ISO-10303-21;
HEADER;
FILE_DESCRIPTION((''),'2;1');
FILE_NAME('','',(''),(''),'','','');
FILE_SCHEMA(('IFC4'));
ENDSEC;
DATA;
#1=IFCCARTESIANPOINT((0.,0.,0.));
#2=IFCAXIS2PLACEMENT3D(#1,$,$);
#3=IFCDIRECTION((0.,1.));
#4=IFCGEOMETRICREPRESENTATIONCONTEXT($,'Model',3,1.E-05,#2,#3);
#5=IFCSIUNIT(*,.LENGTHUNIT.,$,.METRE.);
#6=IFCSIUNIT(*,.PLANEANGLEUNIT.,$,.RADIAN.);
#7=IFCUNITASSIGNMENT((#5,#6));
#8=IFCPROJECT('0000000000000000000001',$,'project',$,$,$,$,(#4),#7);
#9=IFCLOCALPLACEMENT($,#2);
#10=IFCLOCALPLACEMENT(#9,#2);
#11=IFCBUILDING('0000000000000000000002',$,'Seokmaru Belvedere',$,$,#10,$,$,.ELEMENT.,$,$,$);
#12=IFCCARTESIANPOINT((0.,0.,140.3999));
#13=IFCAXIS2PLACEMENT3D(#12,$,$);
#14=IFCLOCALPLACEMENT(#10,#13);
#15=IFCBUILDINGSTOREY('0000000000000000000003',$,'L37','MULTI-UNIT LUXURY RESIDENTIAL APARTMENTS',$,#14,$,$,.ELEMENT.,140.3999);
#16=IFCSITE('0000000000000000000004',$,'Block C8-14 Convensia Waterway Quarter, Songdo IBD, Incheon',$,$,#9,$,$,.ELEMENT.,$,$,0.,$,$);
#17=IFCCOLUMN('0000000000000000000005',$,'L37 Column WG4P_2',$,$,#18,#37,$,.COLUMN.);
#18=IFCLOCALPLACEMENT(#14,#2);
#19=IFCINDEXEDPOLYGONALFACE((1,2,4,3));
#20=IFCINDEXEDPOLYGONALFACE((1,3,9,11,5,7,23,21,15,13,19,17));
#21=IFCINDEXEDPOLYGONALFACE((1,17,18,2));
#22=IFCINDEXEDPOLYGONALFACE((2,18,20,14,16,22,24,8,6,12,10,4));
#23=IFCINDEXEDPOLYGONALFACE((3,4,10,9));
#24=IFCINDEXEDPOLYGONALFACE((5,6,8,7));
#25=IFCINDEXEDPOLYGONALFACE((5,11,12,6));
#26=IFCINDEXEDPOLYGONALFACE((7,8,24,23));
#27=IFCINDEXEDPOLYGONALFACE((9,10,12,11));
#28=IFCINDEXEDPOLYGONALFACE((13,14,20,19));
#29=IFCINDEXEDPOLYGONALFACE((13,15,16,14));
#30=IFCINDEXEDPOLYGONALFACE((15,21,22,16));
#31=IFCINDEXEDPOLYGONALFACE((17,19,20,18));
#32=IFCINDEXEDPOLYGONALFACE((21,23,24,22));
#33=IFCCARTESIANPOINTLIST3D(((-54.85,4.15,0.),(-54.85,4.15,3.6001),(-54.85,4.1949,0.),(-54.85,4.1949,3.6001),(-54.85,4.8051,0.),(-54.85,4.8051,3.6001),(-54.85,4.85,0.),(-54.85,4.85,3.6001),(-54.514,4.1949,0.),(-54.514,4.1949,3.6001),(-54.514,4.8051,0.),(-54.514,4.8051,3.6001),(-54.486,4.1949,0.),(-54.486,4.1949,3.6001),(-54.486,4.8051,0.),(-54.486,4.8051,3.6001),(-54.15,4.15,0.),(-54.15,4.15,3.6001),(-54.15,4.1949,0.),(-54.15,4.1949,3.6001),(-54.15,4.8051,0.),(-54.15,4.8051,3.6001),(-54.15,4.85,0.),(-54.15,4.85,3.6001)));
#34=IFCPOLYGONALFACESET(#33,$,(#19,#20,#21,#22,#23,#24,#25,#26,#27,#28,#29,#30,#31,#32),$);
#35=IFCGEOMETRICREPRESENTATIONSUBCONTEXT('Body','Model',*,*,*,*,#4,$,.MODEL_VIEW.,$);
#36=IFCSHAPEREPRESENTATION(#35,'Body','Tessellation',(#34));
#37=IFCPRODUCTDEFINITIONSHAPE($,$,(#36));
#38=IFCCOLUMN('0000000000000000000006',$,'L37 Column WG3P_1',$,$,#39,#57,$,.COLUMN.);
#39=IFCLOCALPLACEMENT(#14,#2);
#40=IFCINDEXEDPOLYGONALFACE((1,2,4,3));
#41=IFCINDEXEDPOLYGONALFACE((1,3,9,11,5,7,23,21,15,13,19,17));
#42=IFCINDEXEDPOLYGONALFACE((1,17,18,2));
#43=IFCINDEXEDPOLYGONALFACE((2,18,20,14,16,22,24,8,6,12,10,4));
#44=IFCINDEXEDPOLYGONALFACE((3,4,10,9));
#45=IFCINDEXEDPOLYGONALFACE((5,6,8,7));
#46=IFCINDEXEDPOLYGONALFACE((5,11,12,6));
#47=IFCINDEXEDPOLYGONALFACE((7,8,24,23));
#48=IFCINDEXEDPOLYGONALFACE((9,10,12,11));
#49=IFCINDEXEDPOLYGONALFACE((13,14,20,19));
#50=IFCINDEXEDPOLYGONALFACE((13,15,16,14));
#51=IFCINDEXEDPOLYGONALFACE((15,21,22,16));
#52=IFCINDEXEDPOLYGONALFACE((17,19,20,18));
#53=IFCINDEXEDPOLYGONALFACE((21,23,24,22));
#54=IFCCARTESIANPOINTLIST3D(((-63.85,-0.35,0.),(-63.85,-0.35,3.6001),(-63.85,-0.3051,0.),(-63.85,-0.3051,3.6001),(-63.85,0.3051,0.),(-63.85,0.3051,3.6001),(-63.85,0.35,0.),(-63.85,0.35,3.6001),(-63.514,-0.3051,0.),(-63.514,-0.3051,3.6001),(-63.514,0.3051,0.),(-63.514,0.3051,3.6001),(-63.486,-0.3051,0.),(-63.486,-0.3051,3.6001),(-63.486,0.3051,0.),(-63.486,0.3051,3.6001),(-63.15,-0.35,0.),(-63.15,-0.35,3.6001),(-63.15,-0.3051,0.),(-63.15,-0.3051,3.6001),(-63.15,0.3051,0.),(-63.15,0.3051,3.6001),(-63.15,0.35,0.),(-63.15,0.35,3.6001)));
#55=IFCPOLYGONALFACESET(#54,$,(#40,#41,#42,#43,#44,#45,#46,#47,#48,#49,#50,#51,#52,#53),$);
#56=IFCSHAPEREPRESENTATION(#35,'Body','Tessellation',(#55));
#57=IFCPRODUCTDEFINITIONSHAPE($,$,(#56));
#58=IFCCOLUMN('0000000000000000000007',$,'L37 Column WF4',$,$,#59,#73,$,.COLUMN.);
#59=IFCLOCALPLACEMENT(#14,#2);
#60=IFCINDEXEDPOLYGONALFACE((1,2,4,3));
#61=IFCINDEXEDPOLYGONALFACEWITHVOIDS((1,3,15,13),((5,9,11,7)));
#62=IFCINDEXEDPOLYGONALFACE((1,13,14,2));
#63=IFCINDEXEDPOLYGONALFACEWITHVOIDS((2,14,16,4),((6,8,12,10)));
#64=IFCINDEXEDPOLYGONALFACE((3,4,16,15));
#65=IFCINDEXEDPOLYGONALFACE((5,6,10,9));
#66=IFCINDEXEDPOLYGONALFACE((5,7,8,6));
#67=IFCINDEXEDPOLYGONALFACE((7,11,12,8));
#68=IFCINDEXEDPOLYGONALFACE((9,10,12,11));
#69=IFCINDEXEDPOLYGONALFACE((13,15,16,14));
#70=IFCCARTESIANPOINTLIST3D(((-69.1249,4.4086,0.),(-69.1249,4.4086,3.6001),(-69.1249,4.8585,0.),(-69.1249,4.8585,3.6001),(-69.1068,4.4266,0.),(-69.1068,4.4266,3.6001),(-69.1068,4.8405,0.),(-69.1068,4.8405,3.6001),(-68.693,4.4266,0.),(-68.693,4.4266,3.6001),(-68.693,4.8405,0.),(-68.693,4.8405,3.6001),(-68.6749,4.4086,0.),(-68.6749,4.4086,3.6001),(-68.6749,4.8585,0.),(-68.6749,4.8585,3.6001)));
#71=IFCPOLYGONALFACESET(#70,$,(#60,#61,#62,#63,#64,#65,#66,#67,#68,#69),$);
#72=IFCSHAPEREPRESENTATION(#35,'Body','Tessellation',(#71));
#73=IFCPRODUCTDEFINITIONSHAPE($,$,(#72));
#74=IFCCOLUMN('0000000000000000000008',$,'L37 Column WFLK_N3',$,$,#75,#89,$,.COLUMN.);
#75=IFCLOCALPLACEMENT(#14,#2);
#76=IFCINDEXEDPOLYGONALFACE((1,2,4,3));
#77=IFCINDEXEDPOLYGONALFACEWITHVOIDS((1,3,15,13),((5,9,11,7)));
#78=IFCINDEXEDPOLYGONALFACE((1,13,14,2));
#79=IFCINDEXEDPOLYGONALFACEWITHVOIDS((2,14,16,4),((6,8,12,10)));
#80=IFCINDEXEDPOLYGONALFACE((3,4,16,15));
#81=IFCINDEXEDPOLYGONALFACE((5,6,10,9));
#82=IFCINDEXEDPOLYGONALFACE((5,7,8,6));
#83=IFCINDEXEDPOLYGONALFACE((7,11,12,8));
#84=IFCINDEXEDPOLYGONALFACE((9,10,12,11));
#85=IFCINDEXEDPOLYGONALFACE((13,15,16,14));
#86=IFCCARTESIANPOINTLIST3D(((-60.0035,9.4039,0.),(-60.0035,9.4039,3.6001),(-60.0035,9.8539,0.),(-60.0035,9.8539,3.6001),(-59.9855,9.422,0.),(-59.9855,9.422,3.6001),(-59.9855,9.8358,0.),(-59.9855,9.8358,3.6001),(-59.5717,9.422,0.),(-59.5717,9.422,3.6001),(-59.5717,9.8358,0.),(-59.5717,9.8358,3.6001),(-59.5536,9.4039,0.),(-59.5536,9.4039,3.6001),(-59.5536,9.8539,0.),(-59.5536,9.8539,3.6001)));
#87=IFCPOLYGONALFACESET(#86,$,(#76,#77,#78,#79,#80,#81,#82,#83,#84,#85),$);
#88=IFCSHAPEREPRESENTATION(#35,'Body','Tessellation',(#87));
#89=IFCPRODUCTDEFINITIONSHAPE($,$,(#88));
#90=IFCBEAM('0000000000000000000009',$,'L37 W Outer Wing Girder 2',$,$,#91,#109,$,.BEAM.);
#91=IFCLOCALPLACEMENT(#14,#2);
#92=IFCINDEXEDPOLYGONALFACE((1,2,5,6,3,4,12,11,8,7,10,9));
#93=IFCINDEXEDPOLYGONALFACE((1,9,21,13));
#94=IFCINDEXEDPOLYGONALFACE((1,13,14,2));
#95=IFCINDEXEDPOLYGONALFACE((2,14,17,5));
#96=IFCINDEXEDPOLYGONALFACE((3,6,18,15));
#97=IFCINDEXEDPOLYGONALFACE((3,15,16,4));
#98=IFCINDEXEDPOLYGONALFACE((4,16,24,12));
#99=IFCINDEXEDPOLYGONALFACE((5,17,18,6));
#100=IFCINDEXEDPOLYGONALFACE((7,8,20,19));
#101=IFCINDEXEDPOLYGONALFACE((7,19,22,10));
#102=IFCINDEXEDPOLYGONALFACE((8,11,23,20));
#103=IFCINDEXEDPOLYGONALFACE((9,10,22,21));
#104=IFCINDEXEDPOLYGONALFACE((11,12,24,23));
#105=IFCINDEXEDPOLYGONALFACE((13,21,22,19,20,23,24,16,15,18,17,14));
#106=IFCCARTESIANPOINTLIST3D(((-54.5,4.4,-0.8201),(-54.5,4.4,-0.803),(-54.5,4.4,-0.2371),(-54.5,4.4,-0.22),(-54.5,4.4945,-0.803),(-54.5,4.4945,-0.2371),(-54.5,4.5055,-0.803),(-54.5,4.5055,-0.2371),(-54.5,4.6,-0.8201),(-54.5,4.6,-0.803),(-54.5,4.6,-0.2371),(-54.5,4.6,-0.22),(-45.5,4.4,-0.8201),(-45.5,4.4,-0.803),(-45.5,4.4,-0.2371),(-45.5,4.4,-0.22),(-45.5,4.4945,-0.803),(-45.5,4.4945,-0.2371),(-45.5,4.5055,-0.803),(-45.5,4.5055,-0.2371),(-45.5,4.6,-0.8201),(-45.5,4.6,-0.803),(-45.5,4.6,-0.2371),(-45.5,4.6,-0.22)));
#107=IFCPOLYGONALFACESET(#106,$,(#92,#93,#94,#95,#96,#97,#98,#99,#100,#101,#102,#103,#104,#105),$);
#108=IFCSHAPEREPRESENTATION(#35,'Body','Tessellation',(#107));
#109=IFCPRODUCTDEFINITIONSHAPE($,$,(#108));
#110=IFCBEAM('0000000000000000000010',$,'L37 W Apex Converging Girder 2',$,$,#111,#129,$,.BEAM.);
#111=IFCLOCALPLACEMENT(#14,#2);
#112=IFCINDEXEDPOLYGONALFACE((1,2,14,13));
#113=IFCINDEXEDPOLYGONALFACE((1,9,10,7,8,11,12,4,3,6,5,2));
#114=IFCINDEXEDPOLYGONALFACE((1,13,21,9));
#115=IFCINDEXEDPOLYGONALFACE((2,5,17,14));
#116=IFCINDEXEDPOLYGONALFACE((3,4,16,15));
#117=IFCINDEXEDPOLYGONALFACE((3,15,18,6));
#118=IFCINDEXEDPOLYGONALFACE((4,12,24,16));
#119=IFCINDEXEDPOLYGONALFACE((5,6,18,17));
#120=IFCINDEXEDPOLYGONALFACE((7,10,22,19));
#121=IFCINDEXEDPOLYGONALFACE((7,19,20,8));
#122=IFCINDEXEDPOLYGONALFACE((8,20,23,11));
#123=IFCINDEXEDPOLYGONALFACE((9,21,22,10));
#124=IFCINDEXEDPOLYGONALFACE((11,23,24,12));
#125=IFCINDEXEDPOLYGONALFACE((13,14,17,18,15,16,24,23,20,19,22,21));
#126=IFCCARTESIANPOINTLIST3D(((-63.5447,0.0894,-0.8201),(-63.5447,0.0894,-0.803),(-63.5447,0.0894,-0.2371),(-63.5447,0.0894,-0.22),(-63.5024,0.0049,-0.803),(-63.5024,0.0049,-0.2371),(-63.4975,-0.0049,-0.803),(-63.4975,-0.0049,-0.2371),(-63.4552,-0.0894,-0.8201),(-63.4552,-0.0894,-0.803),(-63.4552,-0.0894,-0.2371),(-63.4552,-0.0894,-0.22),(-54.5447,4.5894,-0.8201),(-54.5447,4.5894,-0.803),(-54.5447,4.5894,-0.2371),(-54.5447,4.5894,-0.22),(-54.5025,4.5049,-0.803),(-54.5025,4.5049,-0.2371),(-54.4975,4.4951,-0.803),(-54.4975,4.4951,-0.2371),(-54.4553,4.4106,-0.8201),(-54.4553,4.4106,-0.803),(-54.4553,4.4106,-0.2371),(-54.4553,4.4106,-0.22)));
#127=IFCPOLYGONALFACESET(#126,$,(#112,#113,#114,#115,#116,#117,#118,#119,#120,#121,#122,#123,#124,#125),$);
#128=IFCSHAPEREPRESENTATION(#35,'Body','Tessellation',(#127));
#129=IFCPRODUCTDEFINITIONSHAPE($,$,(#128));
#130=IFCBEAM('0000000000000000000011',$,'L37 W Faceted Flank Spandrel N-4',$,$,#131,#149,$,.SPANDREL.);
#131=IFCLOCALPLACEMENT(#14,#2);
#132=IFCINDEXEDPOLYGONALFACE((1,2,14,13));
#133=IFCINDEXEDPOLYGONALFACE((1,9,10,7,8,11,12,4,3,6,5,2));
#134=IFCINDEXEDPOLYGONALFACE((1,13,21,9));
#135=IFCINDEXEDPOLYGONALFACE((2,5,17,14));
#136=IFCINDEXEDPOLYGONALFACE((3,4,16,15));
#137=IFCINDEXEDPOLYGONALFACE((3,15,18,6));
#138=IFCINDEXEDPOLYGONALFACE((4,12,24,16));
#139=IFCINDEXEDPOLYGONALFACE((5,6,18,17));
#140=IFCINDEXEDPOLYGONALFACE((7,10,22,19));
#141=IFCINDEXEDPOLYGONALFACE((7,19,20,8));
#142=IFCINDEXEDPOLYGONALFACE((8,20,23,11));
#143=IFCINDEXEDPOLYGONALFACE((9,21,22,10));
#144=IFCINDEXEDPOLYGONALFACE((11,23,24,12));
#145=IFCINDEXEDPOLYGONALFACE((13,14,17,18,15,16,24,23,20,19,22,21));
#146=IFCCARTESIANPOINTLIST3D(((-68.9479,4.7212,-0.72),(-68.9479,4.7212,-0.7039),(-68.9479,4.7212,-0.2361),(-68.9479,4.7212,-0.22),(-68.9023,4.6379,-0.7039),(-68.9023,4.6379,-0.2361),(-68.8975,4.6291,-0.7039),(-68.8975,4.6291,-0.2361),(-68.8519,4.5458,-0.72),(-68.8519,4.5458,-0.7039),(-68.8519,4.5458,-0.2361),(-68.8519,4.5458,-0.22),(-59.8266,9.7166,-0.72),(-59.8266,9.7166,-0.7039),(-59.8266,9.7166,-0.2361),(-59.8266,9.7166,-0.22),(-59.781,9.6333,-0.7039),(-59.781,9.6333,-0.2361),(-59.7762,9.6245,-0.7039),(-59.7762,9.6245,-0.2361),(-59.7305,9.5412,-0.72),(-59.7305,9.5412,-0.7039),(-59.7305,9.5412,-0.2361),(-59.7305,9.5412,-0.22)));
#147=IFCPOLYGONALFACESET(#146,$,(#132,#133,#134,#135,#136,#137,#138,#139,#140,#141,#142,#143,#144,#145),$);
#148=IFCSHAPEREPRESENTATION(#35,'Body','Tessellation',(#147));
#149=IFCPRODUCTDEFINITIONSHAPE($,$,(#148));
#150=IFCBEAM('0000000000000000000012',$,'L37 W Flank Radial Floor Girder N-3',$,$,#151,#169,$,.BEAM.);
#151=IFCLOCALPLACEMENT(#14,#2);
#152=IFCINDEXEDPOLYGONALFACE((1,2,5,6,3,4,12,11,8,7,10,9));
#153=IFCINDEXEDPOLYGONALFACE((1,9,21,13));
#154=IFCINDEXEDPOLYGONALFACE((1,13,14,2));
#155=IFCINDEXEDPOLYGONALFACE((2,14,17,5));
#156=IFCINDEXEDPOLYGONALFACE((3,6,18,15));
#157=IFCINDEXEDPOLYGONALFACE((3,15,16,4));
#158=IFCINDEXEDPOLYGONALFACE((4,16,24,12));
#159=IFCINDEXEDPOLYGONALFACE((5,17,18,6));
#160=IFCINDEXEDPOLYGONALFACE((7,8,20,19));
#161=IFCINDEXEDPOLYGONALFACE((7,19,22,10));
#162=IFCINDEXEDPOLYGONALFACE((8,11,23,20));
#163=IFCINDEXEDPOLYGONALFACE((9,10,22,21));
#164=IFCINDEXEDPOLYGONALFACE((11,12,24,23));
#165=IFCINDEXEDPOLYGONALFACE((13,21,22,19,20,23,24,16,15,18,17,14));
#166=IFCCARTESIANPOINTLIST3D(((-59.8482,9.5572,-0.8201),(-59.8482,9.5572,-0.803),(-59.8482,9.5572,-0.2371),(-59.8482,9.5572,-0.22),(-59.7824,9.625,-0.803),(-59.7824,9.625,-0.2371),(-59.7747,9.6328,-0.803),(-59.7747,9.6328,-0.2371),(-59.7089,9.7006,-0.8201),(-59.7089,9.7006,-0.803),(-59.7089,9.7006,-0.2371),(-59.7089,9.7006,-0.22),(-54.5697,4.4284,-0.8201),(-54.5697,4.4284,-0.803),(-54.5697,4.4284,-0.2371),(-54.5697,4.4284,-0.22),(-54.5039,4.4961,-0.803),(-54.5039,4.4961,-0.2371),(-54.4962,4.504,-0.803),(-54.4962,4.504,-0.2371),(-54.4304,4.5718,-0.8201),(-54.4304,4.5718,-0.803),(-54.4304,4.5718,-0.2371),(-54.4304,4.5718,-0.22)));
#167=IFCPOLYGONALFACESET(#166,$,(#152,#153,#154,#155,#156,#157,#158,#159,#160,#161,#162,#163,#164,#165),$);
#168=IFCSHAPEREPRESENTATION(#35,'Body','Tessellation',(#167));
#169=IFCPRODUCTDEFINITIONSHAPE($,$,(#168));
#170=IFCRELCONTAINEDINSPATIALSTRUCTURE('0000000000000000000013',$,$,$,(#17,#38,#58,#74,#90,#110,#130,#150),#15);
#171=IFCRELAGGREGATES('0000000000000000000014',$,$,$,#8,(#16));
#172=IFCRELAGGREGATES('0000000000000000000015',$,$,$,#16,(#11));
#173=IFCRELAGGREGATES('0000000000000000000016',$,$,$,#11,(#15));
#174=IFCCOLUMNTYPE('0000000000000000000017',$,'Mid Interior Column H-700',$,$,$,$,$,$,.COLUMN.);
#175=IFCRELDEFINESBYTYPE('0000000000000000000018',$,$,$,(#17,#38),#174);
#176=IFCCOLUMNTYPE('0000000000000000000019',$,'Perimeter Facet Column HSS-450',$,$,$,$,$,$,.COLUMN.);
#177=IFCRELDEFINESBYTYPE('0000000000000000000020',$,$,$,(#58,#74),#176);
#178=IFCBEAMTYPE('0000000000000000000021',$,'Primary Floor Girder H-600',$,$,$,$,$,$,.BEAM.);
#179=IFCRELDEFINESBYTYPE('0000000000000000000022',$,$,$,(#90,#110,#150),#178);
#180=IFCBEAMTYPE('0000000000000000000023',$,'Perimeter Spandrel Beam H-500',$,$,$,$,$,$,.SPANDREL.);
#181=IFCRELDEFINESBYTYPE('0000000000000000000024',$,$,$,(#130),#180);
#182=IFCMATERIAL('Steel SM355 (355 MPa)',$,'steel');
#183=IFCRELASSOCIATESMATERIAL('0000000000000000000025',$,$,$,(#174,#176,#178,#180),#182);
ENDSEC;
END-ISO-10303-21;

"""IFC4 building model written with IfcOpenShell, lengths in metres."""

from ifc_helpers import new_model, si_unit, direction, frame, origin, origin_2d, place, context, subcontext, project, spatial, hollow_rectangle, i_section, extrude, source, transform, mapped, material, material_profile, profile_set, type_object, type_shapes, element, save


model = new_model("IFC4")

# Units and contexts
model_context = context("Model", 3, precision=1e-05, world=origin(), true_north=direction((0.0, 1.0)))
body_context = subcontext(model_context, "Body", "Model", "MODEL_VIEW")
ifc_project = project(units=[si_unit("LENGTHUNIT", "METRE"), si_unit("PLANEANGLEUNIT", "RADIAN")], contexts=[model_context])

# Site, building, storey
site_placement = place(None, origin())
site = spatial("IfcSite", under=ifc_project, at=site_placement, Name="Block C8-14 Convensia Waterway Quarter, Songdo IBD, Incheon", CompositionType="ELEMENT", RefElevation=0.0)
building_placement = place(site_placement, origin())
building = spatial("IfcBuilding", under=site, at=building_placement, Name="Seokmaru Belvedere", CompositionType="ELEMENT")
storey_placement = place(building_placement, frame((0.0, 0.0, 140.3999)))
storey = spatial("IfcBuildingStorey", under=building, at=storey_placement, Name="L37", Description="MULTI-UNIT LUXURY RESIDENTIAL APARTMENTS", CompositionType="ELEMENT", Elevation=140.3999)

# Columns
ifc_material_1 = material(Name="Steel SM355 (355 MPa)", Category="steel")
ifc_material_profile_1 = material_profile(ifc_material_1, i_section(OverallWidth=0.7, OverallDepth=0.7, WebThickness=0.0281, FlangeThickness=0.0449, at=origin_2d()), Name="H-700x700x28x45")
ifc_profile_set_1 = profile_set([ifc_material_profile_1], Name="Steel SM355 (355 MPa)")
column_type_1 = type_object("IfcColumnType", Name="Mid Interior Column H-700", PredefinedType="COLUMN", material=ifc_profile_set_1)
shared_shape_1 = source(origin(), body_context, "Body", "SweptSolid", [
    extrude(i_section(OverallWidth=0.7, OverallDepth=0.7, WebThickness=0.0281, FlangeThickness=0.0449, at=origin_2d()), origin(), (0.0, 0.0, 1.0), 3.6001),
])
type_shapes(column_type_1, [shared_shape_1])
for number, where, z_axis, x_axis, name in (
    (1, (-54.5, 4.5, 0.0), (0.0, 0.0, 1.0), (1.0, 0.0, 0.0), "L37 Column WG4P_2"),
    (2, (-63.5, 0.0, 0.0), (0.0, 0.0, 1.0), (1.0, 0.0, 0.0), "L37 Column WG3P_1"),
):
    element("IfcColumn", number, at=place(storey_placement, frame(where, z_axis=z_axis, x_axis=x_axis)), inside=storey, type_object=column_type_1, Name=name, PredefinedType="COLUMN", context=body_context, shape_type="MappedRepresentation", body=[
        mapped(shared_shape_1, transform((0.0, 0.0, 0.0), scale=1.0)),
    ])
ifc_material_profile_2 = material_profile(ifc_material_1, hollow_rectangle(XDim=0.45, YDim=0.45, WallThickness=0.0181, at=origin_2d()), Name="HSS-450x450x18")
ifc_profile_set_2 = profile_set([ifc_material_profile_2], Name="Steel SM355 (355 MPa)")
column_type_2 = type_object("IfcColumnType", Name="Perimeter Facet Column HSS-450", PredefinedType="COLUMN", material=ifc_profile_set_2)
shared_shape_2 = source(origin(), body_context, "Body", "SweptSolid", [
    extrude(hollow_rectangle(XDim=0.45, YDim=0.45, WallThickness=0.0181, at=origin_2d()), origin(), (0.0, 0.0, 1.0), 3.6001),
])
type_shapes(column_type_2, [shared_shape_2])
for number, where, z_axis, x_axis, name in (
    (3, (-68.8999, 4.6335, 0.0), (0.0, 0.0, 1.0), (1.0, 0.0, 0.0), "L37 Column WF4"),
    (4, (-59.7786, 9.6289, 0.0), (0.0, 0.0, 1.0), (1.0, 0.0, 0.0), "L37 Column WFLK_N3"),
):
    element("IfcColumn", number, at=place(storey_placement, frame(where, z_axis=z_axis, x_axis=x_axis)), inside=storey, type_object=column_type_2, Name=name, PredefinedType="COLUMN", context=body_context, shape_type="MappedRepresentation", body=[
        mapped(shared_shape_2, transform((0.0, 0.0, 0.0), scale=1.0)),
    ])

# Beams
ifc_material_profile_3 = material_profile(ifc_material_1, i_section(OverallWidth=0.2, OverallDepth=0.6001, WebThickness=0.011, FlangeThickness=0.0171, at=origin_2d()), Name="H-600x200x11x17")
ifc_profile_set_3 = profile_set([ifc_material_profile_3], Name="Steel SM355 (355 MPa)")
beam_type_1 = type_object("IfcBeamType", Name="Primary Floor Girder H-600", PredefinedType="BEAM", material=ifc_profile_set_3)
shared_shape_3 = source(origin(), body_context, "Body", "SweptSolid", [
    extrude(i_section(OverallWidth=0.2, OverallDepth=0.6001, WebThickness=0.011, FlangeThickness=0.0171, at=origin_2d()), origin(), (0.0, 0.0, 1.0), 9.0),
])
beam_1_placement = place(storey_placement, frame((-54.5, 4.5, -0.52), z_axis=(1.0, 0.0, 0.0), x_axis=(0.0, 1.0, 0.0)))
element("IfcBeam", 5, at=beam_1_placement, inside=storey, type_object=beam_type_1, Name="L37 W Outer Wing Girder 2", PredefinedType="BEAM", context=body_context, shape_type="MappedRepresentation", body=[
    mapped(shared_shape_3, transform((0.0, 0.0, 0.0), scale=1.0)),
])
shared_shape_4 = source(origin(), body_context, "Body", "SweptSolid", [
    extrude(i_section(OverallWidth=0.2, OverallDepth=0.6001, WebThickness=0.011, FlangeThickness=0.0171, at=origin_2d()), origin(), (0.0, 0.0, 1.0), 10.0623),
])
beam_2_placement = place(storey_placement, frame((-54.5, 4.5, -0.52), z_axis=(-0.894427, -0.447214, 0.0), x_axis=(0.447214, -0.894427, 0.0)))
element("IfcBeam", 6, at=beam_2_placement, inside=storey, type_object=beam_type_1, Name="L37 W Apex Converging Girder 2", PredefinedType="BEAM", context=body_context, shape_type="MappedRepresentation", body=[
    mapped(shared_shape_4, transform((0.0, 0.0, 0.0), scale=1.0)),
])
ifc_material_profile_4 = material_profile(ifc_material_1, i_section(OverallWidth=0.2, OverallDepth=0.5, WebThickness=0.01, FlangeThickness=0.0161, at=origin_2d()), Name="H-500x200x10x16")
ifc_profile_set_4 = profile_set([ifc_material_profile_4], Name="Steel SM355 (355 MPa)")
beam_type_2 = type_object("IfcBeamType", Name="Perimeter Spandrel Beam H-500", PredefinedType="SPANDREL", material=ifc_profile_set_4)
shared_shape_5 = source(origin(), body_context, "Body", "SweptSolid", [
    extrude(i_section(OverallWidth=0.2, OverallDepth=0.5, WebThickness=0.01, FlangeThickness=0.0161, at=origin_2d()), origin(), (0.0, 0.0, 1.0), 10.3997),
])
type_shapes(beam_type_2, [shared_shape_5])
beam_3_placement = place(storey_placement, frame((-59.7786, 9.6289, -0.47), z_axis=(-0.877082, -0.48034, 0.0), x_axis=(0.48034, -0.877082, 0.0)))
element("IfcBeam", 7, at=beam_3_placement, inside=storey, type_object=beam_type_2, Name="L37 W Faceted Flank Spandrel N-4", PredefinedType="SPANDREL", context=body_context, shape_type="MappedRepresentation", body=[
    mapped(shared_shape_5, transform((0.0, 0.0, 0.0), scale=1.0)),
])
shared_shape_6 = source(origin(), body_context, "Body", "SweptSolid", [
    extrude(i_section(OverallWidth=0.2, OverallDepth=0.6001, WebThickness=0.011, FlangeThickness=0.0171, at=origin_2d()), origin(), (0.0, 0.0, 1.0), 7.3599),
])
beam_4_placement = place(storey_placement, frame((-59.7786, 9.6289, -0.52), z_axis=(0.717201, -0.696867, 0.0), x_axis=(0.696867, 0.717201, 0.0)))
element("IfcBeam", 8, at=beam_4_placement, inside=storey, type_object=beam_type_1, Name="L37 W Flank Radial Floor Girder N-3", PredefinedType="BEAM", context=body_context, shape_type="MappedRepresentation", body=[
    mapped(shared_shape_6, transform((0.0, 0.0, 0.0), scale=1.0)),
])

save(model, "model.ifc")
